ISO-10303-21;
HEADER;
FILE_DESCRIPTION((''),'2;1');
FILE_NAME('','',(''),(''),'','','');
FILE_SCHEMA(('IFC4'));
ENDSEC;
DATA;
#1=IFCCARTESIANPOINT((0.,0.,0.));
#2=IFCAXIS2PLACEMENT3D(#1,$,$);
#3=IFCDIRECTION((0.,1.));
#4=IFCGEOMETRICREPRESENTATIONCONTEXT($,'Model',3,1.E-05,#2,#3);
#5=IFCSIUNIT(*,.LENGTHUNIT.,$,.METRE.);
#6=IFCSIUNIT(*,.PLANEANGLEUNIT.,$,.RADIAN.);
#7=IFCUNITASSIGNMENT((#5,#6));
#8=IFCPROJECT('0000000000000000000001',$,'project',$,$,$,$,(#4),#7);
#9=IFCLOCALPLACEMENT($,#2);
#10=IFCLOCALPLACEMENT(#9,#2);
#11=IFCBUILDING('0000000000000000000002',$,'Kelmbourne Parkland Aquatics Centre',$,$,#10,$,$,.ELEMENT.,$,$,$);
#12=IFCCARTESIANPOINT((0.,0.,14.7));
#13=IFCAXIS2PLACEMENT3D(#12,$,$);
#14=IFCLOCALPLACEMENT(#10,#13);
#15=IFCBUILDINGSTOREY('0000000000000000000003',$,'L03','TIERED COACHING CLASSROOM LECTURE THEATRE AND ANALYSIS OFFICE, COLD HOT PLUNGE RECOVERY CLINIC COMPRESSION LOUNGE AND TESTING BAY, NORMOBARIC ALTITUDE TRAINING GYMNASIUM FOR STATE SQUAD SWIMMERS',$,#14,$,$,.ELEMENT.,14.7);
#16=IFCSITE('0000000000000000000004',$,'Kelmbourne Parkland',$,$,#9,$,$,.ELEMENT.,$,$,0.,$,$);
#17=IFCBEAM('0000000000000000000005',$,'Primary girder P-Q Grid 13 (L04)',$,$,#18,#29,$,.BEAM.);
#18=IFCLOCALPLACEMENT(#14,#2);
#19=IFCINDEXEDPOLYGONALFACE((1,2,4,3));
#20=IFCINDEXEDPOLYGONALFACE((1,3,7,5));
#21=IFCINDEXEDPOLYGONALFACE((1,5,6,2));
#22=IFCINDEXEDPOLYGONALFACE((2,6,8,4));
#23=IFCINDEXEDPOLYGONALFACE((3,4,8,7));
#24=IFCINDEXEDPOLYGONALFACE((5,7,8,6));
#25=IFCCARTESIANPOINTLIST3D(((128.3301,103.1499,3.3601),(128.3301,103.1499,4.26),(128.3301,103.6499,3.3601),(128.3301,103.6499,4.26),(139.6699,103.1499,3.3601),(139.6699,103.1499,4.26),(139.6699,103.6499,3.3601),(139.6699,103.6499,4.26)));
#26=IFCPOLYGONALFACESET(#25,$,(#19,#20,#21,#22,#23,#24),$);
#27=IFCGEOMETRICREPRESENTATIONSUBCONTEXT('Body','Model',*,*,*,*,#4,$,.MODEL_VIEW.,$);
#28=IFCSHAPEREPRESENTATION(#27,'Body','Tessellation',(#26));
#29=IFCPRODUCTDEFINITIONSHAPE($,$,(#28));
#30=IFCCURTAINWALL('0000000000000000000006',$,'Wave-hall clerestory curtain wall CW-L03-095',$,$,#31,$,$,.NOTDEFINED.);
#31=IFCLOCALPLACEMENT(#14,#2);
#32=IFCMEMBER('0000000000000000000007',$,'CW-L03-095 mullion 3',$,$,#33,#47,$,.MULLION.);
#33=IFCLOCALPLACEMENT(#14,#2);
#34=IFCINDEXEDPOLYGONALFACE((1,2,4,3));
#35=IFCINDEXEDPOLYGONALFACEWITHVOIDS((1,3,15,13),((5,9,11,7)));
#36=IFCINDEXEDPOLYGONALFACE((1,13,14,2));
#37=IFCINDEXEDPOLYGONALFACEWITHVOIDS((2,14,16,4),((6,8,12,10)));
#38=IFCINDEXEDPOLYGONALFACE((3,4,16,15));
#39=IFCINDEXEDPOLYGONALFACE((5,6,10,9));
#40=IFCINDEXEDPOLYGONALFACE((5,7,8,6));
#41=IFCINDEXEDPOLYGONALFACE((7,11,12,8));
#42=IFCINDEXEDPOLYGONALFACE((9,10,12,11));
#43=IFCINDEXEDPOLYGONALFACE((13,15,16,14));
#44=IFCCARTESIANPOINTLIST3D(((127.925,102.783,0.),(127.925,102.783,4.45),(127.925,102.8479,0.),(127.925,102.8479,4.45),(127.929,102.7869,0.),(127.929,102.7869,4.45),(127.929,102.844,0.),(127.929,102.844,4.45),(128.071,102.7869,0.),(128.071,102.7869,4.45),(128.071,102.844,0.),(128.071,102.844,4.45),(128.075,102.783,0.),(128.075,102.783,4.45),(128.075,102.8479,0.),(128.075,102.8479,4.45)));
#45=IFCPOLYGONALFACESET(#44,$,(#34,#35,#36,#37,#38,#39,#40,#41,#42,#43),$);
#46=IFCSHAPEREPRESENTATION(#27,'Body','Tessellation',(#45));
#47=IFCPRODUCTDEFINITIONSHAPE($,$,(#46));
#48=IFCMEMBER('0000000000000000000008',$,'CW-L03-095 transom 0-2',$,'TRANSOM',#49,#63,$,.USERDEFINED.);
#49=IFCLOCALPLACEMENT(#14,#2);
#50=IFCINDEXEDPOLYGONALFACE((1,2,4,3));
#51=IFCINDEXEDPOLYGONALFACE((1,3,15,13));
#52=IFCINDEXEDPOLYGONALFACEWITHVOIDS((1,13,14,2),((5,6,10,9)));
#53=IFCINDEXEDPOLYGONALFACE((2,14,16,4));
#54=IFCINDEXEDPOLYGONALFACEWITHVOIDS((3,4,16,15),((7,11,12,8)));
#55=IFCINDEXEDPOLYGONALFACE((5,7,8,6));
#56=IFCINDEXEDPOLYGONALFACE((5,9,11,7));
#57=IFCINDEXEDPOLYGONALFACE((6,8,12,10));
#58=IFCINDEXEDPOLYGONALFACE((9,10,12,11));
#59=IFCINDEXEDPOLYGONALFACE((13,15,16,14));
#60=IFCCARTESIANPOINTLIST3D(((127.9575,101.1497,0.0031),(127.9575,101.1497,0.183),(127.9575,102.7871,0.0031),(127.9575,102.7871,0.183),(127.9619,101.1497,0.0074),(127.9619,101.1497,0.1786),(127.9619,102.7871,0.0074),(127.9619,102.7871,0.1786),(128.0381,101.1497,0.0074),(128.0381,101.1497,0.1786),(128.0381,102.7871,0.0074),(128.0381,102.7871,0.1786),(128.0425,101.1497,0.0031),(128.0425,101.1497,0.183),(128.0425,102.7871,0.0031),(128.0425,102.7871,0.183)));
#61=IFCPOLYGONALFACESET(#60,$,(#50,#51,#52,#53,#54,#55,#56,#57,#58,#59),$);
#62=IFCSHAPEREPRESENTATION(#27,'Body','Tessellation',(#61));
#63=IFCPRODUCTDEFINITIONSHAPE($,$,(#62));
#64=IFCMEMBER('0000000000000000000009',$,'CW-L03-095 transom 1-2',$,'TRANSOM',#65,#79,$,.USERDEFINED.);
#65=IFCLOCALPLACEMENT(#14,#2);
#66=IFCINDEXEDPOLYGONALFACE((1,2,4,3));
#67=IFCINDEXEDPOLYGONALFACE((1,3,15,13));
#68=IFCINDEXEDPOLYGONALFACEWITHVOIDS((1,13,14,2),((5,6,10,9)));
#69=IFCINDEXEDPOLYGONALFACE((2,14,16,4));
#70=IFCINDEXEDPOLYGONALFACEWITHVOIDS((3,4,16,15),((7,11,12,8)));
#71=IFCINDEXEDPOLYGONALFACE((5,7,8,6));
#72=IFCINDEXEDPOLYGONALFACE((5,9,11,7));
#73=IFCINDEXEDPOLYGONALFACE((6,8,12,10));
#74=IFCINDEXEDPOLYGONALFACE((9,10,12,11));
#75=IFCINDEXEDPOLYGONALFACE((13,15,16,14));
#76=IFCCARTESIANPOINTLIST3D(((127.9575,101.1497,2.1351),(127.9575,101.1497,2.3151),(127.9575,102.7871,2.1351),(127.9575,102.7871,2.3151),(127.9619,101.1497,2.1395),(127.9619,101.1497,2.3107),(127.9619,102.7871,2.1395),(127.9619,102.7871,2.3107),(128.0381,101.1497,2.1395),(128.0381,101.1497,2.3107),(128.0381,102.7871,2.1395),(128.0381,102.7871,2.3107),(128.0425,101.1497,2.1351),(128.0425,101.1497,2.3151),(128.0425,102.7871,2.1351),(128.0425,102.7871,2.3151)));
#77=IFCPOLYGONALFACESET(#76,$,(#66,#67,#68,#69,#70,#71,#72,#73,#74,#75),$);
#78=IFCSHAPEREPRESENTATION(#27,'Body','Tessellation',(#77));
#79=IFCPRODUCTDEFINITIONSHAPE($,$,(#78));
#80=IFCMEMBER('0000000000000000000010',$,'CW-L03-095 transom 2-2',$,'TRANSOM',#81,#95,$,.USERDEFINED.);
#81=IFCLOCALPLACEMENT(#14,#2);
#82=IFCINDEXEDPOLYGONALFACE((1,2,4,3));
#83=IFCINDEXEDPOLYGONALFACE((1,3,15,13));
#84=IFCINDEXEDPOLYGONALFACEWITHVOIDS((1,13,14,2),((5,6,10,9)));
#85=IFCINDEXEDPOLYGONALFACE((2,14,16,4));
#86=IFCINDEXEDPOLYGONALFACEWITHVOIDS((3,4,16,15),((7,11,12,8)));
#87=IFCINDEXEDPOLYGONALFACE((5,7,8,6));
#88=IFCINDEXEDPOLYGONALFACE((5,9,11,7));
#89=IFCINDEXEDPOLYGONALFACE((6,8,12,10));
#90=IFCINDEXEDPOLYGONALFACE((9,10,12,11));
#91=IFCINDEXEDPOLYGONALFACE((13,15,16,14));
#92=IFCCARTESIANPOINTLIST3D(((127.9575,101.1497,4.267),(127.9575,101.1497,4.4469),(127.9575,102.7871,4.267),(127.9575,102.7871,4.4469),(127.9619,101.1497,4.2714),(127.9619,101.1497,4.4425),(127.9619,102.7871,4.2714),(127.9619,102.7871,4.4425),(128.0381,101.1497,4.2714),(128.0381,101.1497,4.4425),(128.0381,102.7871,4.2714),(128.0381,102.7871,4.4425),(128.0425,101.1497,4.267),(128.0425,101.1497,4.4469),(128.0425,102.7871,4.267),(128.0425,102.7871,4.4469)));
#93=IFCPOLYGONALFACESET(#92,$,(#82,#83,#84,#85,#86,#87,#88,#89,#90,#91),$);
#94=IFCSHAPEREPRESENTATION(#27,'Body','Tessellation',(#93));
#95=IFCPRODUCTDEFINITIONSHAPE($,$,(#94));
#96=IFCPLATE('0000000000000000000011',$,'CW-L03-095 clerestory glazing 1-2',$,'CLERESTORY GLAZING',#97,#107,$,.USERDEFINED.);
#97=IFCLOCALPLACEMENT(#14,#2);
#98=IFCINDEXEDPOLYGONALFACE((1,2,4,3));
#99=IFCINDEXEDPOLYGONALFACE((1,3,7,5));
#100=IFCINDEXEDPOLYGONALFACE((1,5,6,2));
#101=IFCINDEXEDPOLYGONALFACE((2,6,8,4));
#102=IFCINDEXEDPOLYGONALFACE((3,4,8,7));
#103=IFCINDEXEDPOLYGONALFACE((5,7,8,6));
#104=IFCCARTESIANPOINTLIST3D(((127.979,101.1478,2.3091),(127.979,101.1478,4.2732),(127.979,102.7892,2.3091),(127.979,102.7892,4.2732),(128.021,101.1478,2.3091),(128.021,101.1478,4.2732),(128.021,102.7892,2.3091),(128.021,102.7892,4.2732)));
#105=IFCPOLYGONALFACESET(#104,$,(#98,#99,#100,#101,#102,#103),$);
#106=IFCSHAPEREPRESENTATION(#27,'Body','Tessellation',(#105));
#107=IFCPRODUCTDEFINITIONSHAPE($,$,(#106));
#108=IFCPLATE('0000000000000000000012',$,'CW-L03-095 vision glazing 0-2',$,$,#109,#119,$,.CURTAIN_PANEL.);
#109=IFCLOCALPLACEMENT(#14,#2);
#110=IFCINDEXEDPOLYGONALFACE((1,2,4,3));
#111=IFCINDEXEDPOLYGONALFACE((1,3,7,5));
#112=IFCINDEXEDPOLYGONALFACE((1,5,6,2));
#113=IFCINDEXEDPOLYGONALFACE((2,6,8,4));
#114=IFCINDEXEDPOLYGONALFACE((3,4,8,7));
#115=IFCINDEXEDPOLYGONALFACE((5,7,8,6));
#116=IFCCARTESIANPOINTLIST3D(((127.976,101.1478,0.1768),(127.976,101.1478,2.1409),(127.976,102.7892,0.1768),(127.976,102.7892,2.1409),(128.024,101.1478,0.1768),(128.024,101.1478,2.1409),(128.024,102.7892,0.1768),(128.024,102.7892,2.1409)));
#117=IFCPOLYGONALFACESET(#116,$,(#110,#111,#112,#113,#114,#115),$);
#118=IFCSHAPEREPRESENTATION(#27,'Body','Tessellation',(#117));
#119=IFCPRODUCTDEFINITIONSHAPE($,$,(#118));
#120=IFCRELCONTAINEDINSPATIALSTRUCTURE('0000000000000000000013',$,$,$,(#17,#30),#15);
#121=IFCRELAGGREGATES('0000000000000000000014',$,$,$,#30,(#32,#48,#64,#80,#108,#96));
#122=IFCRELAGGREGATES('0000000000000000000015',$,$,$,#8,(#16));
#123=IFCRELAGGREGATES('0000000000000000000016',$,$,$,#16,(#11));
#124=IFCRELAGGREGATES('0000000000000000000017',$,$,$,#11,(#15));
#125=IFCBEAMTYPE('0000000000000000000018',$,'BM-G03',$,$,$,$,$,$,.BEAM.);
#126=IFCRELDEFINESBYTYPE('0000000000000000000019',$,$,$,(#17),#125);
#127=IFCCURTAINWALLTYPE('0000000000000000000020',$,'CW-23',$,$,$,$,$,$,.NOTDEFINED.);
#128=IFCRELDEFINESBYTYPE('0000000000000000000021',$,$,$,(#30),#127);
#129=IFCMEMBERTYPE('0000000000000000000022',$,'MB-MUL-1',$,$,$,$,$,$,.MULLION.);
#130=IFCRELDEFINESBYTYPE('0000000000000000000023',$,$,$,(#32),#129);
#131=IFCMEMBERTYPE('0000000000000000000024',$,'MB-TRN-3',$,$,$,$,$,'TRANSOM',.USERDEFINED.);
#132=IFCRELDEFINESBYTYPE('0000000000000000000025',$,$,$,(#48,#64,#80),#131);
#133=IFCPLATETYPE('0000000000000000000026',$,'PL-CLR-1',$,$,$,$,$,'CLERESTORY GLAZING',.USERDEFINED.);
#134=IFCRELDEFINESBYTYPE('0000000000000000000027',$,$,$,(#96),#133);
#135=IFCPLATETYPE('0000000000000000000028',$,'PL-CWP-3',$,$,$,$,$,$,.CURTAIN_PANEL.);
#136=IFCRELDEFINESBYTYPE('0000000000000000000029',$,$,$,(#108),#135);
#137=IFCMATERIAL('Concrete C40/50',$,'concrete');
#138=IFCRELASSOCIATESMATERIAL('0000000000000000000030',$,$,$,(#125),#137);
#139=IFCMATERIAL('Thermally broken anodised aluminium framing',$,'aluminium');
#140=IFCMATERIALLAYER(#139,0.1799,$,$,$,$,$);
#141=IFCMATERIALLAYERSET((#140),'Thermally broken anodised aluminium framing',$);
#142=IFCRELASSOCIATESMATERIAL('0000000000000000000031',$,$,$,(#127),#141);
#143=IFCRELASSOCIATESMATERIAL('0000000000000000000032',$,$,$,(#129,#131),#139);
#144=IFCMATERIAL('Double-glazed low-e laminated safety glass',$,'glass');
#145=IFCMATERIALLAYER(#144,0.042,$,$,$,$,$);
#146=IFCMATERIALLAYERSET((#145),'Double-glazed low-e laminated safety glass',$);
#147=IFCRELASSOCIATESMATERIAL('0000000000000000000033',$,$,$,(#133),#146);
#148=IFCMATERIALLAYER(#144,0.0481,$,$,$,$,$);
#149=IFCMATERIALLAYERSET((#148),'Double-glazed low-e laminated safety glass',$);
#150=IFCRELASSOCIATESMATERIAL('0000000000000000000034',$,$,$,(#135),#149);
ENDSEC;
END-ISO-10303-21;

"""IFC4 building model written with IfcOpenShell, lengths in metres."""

from ifc_helpers import new_model, si_unit, direction, frame, origin, origin_2d, place, context, subcontext, project, spatial, rectangle, hollow_rectangle, extrude, material, layer, layer_set, material_profile, profile_set, type_object, element, aggregate, save


model = new_model("IFC4")

# Units and contexts
model_context = context("Model", 3, precision=1e-05, world=origin(), true_north=direction((0.0, 1.0)))
body_context = subcontext(model_context, "Body", "Model", "MODEL_VIEW")
ifc_project = project(units=[si_unit("LENGTHUNIT", "METRE"), si_unit("PLANEANGLEUNIT", "RADIAN")], contexts=[model_context])

# Site, building, storey
site_placement = place(None, origin())
site = spatial("IfcSite", under=ifc_project, at=site_placement, Name="Kelmbourne Parkland", CompositionType="ELEMENT", RefElevation=0.0)
building_placement = place(site_placement, origin())
building = spatial("IfcBuilding", under=site, at=building_placement, Name="Kelmbourne Parkland Aquatics Centre", CompositionType="ELEMENT")
storey_placement = place(building_placement, frame((0.0, 0.0, 14.7)))
storey = spatial("IfcBuildingStorey", under=building, at=storey_placement, Name="L03", Description="TIERED COACHING CLASSROOM LECTURE THEATRE AND ANALYSIS OFFICE, COLD HOT PLUNGE RECOVERY CLINIC COMPRESSION LOUNGE AND TESTING BAY, NORMOBARIC ALTITUDE TRAINING GYMNASIUM FOR STATE SQUAD SWIMMERS", CompositionType="ELEMENT", Elevation=14.7)

# Beam
ifc_material_1 = material(Name="Concrete C40/50", Category="concrete")
ifc_material_profile_1 = material_profile(ifc_material_1, rectangle(XDim=0.5, YDim=0.8999, at=origin_2d()), Name="RC 500x900")
ifc_profile_set_1 = profile_set([ifc_material_profile_1], Name="Concrete C40/50")
beam_type = type_object("IfcBeamType", Name="BM-G03", PredefinedType="BEAM", material=ifc_profile_set_1)
beam_placement = place(storey_placement, frame((128.3301, 103.3999, 3.8101), z_axis=(1.0, 0.0, 0.0), x_axis=(0.0, 1.0, 0.0)))
element("IfcBeam", 1, at=beam_placement, inside=storey, type_object=beam_type, Name="Primary girder P-Q Grid 13 (L04)", PredefinedType="BEAM", context=body_context, shape_type="SweptSolid", body=[
    extrude(rectangle(XDim=0.5, YDim=0.8999, at=origin_2d()), origin(), (0.0, 0.0, 1.0), 11.3398),
])

# Curtain wall, members, plates
ifc_material_2 = material(Name="Thermally broken anodised aluminium framing", Category="aluminium")
ifc_layer_1 = layer(ifc_material_2, 0.1799)
ifc_layer_set_1 = layer_set([ifc_layer_1], Name="Thermally broken anodised aluminium framing")
curtain_wall_type = type_object("IfcCurtainWallType", Name="CW-23", PredefinedType="NOTDEFINED", material=ifc_layer_set_1)
curtain_wall_placement = place(storey_placement, origin())
curtain_wall = element("IfcCurtainWall", 2, at=curtain_wall_placement, inside=storey, type_object=curtain_wall_type, Name="Wave-hall clerestory curtain wall CW-L03-095", PredefinedType="NOTDEFINED")
ifc_material_profile_2 = material_profile(ifc_material_2, hollow_rectangle(XDim=0.0649, YDim=0.1499, WallThickness=0.0039, at=origin_2d()), Name="CW-M 65x150")
ifc_profile_set_2 = profile_set([ifc_material_profile_2], Name="Thermally broken anodised aluminium framing")
member_type_1 = type_object("IfcMemberType", Name="MB-MUL-1", PredefinedType="MULLION", material=ifc_profile_set_2)
member_1_placement = place(storey_placement, frame((128.0, 102.8154, 0.0), z_axis=(0.0, 0.0, 1.0), x_axis=(0.0, 1.0, 0.0)))
member_1 = element("IfcMember", 3, at=member_1_placement, type_object=member_type_1, Name="CW-L03-095 mullion 3", PredefinedType="MULLION", context=body_context, shape_type="SweptSolid", body=[
    extrude(hollow_rectangle(XDim=0.0649, YDim=0.1499, WallThickness=0.0039, at=origin_2d()), origin(), (0.0, 0.0, 1.0), 4.45),
])
ifc_material_profile_3 = material_profile(ifc_material_2, hollow_rectangle(XDim=0.085, YDim=0.1799, WallThickness=0.0044, at=origin_2d()), Name="CW-T 85x180")
ifc_profile_set_3 = profile_set([ifc_material_profile_3], Name="Thermally broken anodised aluminium framing")
member_type_2 = type_object("IfcMemberType", Name="MB-TRN-3", ElementType="TRANSOM", PredefinedType="USERDEFINED", material=ifc_profile_set_3)
member_2_placement = place(storey_placement, frame((128.0, 101.1497, 0.093), z_axis=(0.0, 1.0, 0.0), x_axis=(-1.0, 0.0, 0.0)))
member_2 = element("IfcMember", 4, at=member_2_placement, type_object=member_type_2, Name="CW-L03-095 transom 0-2", ObjectType="TRANSOM", PredefinedType="USERDEFINED", context=body_context, shape_type="SweptSolid", body=[
    extrude(hollow_rectangle(XDim=0.085, YDim=0.1799, WallThickness=0.0044, at=origin_2d()), origin(), (0.0, 0.0, 1.0), 1.6375),
])
member_3_placement = place(storey_placement, frame((128.0, 101.1497, 2.2251), z_axis=(0.0, 1.0, 0.0), x_axis=(-1.0, 0.0, 0.0)))
member_3 = element("IfcMember", 5, at=member_3_placement, type_object=member_type_2, Name="CW-L03-095 transom 1-2", ObjectType="TRANSOM", PredefinedType="USERDEFINED", context=body_context, shape_type="SweptSolid", body=[
    extrude(hollow_rectangle(XDim=0.085, YDim=0.1799, WallThickness=0.0044, at=origin_2d()), origin(), (0.0, 0.0, 1.0), 1.6375),
])
member_4_placement = place(storey_placement, frame((128.0, 101.1497, 4.3569), z_axis=(0.0, 1.0, 0.0), x_axis=(-1.0, 0.0, 0.0)))
member_4 = element("IfcMember", 6, at=member_4_placement, type_object=member_type_2, Name="CW-L03-095 transom 2-2", ObjectType="TRANSOM", PredefinedType="USERDEFINED", context=body_context, shape_type="SweptSolid", body=[
    extrude(hollow_rectangle(XDim=0.085, YDim=0.1799, WallThickness=0.0044, at=origin_2d()), origin(), (0.0, 0.0, 1.0), 1.6375),
])
ifc_material_3 = material(Name="Double-glazed low-e laminated safety glass", Category="glass")
ifc_layer_2 = layer(ifc_material_3, 0.042)
ifc_layer_set_2 = layer_set([ifc_layer_2], Name="Double-glazed low-e laminated safety glass")
plate_type_1 = type_object("IfcPlateType", Name="PL-CLR-1", ElementType="CLERESTORY GLAZING", PredefinedType="USERDEFINED", material=ifc_layer_set_2)
plate_1_placement = place(storey_placement, frame((128.0, 101.9685, 2.3091), z_axis=(0.0, 0.0, 1.0), x_axis=(0.0, 1.0, 0.0)))
plate_1 = element("IfcPlate", 7, at=plate_1_placement, type_object=plate_type_1, Name="CW-L03-095 clerestory glazing 1-2", ObjectType="CLERESTORY GLAZING", PredefinedType="USERDEFINED", context=body_context, shape_type="SweptSolid", body=[
    extrude(rectangle(XDim=1.6414, YDim=0.042, at=origin_2d()), origin(), (0.0, 0.0, 1.0), 1.9641),
])
ifc_layer_3 = layer(ifc_material_3, 0.0481)
ifc_layer_set_3 = layer_set([ifc_layer_3], Name="Double-glazed low-e laminated safety glass")
plate_type_2 = type_object("IfcPlateType", Name="PL-CWP-3", PredefinedType="CURTAIN_PANEL", material=ifc_layer_set_3)
plate_2_placement = place(storey_placement, frame((128.0, 101.9685, 0.1768), z_axis=(0.0, 0.0, 1.0), x_axis=(0.0, 1.0, 0.0)))
plate_2 = element("IfcPlate", 8, at=plate_2_placement, type_object=plate_type_2, Name="CW-L03-095 vision glazing 0-2", PredefinedType="CURTAIN_PANEL", context=body_context, shape_type="SweptSolid", body=[
    extrude(rectangle(XDim=1.6414, YDim=0.0481, at=origin_2d()), origin(), (0.0, 0.0, 1.0), 1.9641),
])
aggregate(curtain_wall, [member_1, member_2, member_3, member_4, plate_2, plate_1])

save(model, "model.ifc")
